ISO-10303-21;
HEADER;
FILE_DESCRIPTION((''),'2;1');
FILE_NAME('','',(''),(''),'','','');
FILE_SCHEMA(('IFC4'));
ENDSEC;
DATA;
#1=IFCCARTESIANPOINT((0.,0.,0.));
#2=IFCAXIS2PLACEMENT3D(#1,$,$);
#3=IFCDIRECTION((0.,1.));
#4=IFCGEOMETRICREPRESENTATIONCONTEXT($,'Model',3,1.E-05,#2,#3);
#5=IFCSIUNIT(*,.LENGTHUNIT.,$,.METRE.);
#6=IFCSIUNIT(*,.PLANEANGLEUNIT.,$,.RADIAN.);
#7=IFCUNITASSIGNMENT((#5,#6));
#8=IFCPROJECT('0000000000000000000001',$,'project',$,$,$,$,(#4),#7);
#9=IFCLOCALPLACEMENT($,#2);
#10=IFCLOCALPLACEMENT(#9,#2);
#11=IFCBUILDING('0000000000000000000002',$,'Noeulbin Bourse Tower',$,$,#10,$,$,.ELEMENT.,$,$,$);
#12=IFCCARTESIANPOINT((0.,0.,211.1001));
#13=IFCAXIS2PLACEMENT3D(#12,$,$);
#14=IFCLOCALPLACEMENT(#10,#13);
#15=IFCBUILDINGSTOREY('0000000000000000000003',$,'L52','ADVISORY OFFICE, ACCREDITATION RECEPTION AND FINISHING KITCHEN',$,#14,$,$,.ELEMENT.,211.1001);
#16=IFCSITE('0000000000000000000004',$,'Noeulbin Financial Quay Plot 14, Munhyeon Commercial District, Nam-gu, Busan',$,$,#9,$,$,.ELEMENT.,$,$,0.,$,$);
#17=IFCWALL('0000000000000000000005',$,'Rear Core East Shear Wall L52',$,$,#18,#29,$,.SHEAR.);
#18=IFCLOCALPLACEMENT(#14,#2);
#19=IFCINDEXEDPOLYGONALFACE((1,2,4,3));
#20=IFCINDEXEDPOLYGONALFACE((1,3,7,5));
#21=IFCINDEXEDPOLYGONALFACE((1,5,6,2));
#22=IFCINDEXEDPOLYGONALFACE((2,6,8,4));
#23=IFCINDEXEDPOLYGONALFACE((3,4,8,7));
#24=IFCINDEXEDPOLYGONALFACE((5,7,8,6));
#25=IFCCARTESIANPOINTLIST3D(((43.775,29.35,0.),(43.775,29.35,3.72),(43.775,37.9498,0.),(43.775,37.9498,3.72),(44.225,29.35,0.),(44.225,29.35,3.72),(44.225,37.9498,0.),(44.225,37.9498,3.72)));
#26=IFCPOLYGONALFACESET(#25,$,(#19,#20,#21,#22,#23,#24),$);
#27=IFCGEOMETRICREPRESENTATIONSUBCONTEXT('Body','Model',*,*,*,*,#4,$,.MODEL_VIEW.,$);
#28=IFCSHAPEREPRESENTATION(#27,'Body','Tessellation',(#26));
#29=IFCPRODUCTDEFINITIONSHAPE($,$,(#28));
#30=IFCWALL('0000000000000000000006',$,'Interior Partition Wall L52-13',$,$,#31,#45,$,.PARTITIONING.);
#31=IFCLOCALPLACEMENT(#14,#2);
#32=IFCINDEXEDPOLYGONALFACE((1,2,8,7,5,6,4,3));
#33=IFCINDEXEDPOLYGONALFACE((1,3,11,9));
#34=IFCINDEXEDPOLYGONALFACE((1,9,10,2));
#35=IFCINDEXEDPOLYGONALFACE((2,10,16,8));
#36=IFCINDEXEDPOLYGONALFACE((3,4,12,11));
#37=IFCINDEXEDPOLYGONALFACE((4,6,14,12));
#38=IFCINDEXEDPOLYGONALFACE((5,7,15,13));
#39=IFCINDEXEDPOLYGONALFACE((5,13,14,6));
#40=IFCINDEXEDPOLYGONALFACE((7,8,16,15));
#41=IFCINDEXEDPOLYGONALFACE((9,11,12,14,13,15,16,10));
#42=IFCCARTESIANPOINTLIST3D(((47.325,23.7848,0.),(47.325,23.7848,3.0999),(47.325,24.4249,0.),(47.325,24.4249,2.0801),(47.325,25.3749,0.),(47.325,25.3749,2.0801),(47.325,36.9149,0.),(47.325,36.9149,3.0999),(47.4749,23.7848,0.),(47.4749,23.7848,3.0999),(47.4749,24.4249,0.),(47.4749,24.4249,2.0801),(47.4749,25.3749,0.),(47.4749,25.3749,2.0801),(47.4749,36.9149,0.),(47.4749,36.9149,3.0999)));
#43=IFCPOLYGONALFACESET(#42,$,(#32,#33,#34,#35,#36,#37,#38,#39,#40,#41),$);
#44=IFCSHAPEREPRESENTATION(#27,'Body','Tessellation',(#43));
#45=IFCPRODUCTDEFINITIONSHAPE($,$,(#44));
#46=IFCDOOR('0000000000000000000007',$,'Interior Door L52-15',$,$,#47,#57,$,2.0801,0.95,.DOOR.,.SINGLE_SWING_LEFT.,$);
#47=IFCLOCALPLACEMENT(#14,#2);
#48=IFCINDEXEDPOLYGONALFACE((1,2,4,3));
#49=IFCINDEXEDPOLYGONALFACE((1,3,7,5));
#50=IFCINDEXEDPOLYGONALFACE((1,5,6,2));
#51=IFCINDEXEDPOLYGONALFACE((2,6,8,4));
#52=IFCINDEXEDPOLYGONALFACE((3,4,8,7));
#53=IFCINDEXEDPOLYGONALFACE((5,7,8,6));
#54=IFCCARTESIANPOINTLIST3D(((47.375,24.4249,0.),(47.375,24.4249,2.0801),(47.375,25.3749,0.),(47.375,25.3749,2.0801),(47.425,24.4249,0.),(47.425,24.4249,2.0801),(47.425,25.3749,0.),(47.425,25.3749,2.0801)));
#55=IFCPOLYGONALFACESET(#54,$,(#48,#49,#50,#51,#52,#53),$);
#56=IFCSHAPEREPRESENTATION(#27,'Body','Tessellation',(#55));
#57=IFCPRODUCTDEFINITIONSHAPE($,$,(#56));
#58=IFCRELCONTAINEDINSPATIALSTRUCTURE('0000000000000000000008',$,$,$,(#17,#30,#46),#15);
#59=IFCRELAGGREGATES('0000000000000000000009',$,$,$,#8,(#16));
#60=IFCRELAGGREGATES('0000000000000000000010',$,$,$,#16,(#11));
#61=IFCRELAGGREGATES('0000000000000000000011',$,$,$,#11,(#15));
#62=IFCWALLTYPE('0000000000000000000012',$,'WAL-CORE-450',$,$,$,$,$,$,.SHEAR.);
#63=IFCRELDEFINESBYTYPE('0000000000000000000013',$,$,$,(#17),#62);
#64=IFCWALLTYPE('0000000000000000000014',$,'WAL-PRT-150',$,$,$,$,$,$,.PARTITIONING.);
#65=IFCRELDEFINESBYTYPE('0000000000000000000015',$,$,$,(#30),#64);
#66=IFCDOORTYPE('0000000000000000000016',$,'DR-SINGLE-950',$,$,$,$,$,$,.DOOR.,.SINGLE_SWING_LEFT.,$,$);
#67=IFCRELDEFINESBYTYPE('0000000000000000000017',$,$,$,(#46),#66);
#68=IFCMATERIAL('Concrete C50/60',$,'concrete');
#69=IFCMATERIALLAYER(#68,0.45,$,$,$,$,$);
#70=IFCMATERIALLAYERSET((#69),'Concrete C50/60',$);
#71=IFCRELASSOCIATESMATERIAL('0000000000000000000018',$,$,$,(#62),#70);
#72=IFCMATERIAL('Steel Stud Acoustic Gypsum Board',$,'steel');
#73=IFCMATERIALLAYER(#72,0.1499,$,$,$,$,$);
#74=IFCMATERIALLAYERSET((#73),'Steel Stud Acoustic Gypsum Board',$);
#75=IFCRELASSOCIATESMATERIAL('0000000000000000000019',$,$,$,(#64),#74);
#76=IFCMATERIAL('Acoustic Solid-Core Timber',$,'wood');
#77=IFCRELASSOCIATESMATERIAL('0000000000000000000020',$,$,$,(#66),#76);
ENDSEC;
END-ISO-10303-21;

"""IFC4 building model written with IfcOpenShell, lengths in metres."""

from ifc_helpers import new_model, si_unit, direction, frame, frame_2d, origin, place, context, subcontext, project, spatial, rectangle, extrude, material, layer, layer_set, type_object, element, fill, save


model = new_model("IFC4")

# Units and contexts
model_context = context("Model", 3, precision=1e-05, world=origin(), true_north=direction((0.0, 1.0)))
body_context = subcontext(model_context, "Body", "Model", "MODEL_VIEW")
ifc_project = project(units=[si_unit("LENGTHUNIT", "METRE"), si_unit("PLANEANGLEUNIT", "RADIAN")], contexts=[model_context])

# Site, building, storey
site_placement = place(None, origin())
site = spatial("IfcSite", under=ifc_project, at=site_placement, Name="Noeulbin Financial Quay Plot 14, Munhyeon Commercial District, Nam-gu, Busan", CompositionType="ELEMENT", RefElevation=0.0)
building_placement = place(site_placement, origin())
building = spatial("IfcBuilding", under=site, at=building_placement, Name="Noeulbin Bourse Tower", CompositionType="ELEMENT")
storey_placement = place(building_placement, frame((0.0, 0.0, 211.1001)))
storey = spatial("IfcBuildingStorey", under=building, at=storey_placement, Name="L52", Description="ADVISORY OFFICE, ACCREDITATION RECEPTION AND FINISHING KITCHEN", CompositionType="ELEMENT", Elevation=211.1001)

# Wall
ifc_material_1 = material(Name="Concrete C50/60", Category="concrete")
ifc_layer_1 = layer(ifc_material_1, 0.45)
ifc_layer_set_1 = layer_set([ifc_layer_1], Name="Concrete C50/60")
wall_type_1 = type_object("IfcWallType", Name="WAL-CORE-450", PredefinedType="SHEAR", material=ifc_layer_set_1)
wall_1_placement = place(storey_placement, frame((44.0, 29.3501, 0.0), z_axis=(0.0, 0.0, 1.0), x_axis=(0.0, 1.0, 0.0)))
element("IfcWall", 1, at=wall_1_placement, inside=storey, type_object=wall_type_1, Name="Rear Core East Shear Wall L52", PredefinedType="SHEAR", context=body_context, shape_type="SweptSolid", body=[
    extrude(rectangle(XDim=8.5999, YDim=0.45, at=frame_2d((4.2998, 0.0))), origin(), (0.0, 0.0, 1.0), 3.72),
])

# Wall, opening, door
ifc_material_2 = material(Name="Steel Stud Acoustic Gypsum Board", Category="steel")
ifc_layer_2 = layer(ifc_material_2, 0.1499)
ifc_layer_set_2 = layer_set([ifc_layer_2], Name="Steel Stud Acoustic Gypsum Board")
wall_type_2 = type_object("IfcWallType", Name="WAL-PRT-150", PredefinedType="PARTITIONING", material=ifc_layer_set_2)
wall_2_placement = place(storey_placement, frame((47.3999, 23.7849, 0.0), z_axis=(0.0, 0.0, 1.0), x_axis=(0.0, 1.0, 0.0)))
wall_2 = element("IfcWall", 2, at=wall_2_placement, inside=storey, type_object=wall_type_2, Name="Interior Partition Wall L52-13", PredefinedType="PARTITIONING", context=body_context, shape_type="SweptSolid", body=[
    extrude(rectangle(XDim=13.1301, YDim=0.1499, at=frame_2d((6.5649, 0.0))), origin(), (0.0, 0.0, 1.0), 3.0999),
])
opening_placement = place(wall_2_placement, frame((0.6399, 0.0, 0.0)))
opening = element("IfcOpeningElement", 3, at=opening_placement, cuts=wall_2, PredefinedType="OPENING", context=body_context, shape_type="SweptSolid", body=[
    extrude(rectangle(XDim=0.95, YDim=2.0801, at=frame_2d((0.4751, 1.04))), frame((0.0, 0.085, 0.0), z_axis=(0.0, -1.0, 0.0), x_axis=(1.0, 0.0, 0.0)), (0.0, 0.0, 1.0), 0.1699),
])
ifc_material_3 = material(Name="Acoustic Solid-Core Timber", Category="wood")
door_type = type_object("IfcDoorType", Name="DR-SINGLE-950", OperationType="SINGLE_SWING_LEFT", PredefinedType="DOOR", material=ifc_material_3)
door_placement = place(opening_placement, origin())
door = element("IfcDoor", 4, at=door_placement, inside=storey, type_object=door_type, Name="Interior Door L52-15", OperationType="SINGLE_SWING_LEFT", OverallHeight=2.0801, OverallWidth=0.95, PredefinedType="DOOR", context=body_context, shape_type="SweptSolid", body=[
    extrude(rectangle(XDim=0.95, YDim=2.0801, at=frame_2d((0.4751, 1.04))), frame((0.0, 0.0249, 0.0), z_axis=(0.0, -1.0, 0.0), x_axis=(1.0, 0.0, 0.0)), (0.0, 0.0, 1.0), 0.05),
])
fill(opening, door)

save(model, "model.ifc")
